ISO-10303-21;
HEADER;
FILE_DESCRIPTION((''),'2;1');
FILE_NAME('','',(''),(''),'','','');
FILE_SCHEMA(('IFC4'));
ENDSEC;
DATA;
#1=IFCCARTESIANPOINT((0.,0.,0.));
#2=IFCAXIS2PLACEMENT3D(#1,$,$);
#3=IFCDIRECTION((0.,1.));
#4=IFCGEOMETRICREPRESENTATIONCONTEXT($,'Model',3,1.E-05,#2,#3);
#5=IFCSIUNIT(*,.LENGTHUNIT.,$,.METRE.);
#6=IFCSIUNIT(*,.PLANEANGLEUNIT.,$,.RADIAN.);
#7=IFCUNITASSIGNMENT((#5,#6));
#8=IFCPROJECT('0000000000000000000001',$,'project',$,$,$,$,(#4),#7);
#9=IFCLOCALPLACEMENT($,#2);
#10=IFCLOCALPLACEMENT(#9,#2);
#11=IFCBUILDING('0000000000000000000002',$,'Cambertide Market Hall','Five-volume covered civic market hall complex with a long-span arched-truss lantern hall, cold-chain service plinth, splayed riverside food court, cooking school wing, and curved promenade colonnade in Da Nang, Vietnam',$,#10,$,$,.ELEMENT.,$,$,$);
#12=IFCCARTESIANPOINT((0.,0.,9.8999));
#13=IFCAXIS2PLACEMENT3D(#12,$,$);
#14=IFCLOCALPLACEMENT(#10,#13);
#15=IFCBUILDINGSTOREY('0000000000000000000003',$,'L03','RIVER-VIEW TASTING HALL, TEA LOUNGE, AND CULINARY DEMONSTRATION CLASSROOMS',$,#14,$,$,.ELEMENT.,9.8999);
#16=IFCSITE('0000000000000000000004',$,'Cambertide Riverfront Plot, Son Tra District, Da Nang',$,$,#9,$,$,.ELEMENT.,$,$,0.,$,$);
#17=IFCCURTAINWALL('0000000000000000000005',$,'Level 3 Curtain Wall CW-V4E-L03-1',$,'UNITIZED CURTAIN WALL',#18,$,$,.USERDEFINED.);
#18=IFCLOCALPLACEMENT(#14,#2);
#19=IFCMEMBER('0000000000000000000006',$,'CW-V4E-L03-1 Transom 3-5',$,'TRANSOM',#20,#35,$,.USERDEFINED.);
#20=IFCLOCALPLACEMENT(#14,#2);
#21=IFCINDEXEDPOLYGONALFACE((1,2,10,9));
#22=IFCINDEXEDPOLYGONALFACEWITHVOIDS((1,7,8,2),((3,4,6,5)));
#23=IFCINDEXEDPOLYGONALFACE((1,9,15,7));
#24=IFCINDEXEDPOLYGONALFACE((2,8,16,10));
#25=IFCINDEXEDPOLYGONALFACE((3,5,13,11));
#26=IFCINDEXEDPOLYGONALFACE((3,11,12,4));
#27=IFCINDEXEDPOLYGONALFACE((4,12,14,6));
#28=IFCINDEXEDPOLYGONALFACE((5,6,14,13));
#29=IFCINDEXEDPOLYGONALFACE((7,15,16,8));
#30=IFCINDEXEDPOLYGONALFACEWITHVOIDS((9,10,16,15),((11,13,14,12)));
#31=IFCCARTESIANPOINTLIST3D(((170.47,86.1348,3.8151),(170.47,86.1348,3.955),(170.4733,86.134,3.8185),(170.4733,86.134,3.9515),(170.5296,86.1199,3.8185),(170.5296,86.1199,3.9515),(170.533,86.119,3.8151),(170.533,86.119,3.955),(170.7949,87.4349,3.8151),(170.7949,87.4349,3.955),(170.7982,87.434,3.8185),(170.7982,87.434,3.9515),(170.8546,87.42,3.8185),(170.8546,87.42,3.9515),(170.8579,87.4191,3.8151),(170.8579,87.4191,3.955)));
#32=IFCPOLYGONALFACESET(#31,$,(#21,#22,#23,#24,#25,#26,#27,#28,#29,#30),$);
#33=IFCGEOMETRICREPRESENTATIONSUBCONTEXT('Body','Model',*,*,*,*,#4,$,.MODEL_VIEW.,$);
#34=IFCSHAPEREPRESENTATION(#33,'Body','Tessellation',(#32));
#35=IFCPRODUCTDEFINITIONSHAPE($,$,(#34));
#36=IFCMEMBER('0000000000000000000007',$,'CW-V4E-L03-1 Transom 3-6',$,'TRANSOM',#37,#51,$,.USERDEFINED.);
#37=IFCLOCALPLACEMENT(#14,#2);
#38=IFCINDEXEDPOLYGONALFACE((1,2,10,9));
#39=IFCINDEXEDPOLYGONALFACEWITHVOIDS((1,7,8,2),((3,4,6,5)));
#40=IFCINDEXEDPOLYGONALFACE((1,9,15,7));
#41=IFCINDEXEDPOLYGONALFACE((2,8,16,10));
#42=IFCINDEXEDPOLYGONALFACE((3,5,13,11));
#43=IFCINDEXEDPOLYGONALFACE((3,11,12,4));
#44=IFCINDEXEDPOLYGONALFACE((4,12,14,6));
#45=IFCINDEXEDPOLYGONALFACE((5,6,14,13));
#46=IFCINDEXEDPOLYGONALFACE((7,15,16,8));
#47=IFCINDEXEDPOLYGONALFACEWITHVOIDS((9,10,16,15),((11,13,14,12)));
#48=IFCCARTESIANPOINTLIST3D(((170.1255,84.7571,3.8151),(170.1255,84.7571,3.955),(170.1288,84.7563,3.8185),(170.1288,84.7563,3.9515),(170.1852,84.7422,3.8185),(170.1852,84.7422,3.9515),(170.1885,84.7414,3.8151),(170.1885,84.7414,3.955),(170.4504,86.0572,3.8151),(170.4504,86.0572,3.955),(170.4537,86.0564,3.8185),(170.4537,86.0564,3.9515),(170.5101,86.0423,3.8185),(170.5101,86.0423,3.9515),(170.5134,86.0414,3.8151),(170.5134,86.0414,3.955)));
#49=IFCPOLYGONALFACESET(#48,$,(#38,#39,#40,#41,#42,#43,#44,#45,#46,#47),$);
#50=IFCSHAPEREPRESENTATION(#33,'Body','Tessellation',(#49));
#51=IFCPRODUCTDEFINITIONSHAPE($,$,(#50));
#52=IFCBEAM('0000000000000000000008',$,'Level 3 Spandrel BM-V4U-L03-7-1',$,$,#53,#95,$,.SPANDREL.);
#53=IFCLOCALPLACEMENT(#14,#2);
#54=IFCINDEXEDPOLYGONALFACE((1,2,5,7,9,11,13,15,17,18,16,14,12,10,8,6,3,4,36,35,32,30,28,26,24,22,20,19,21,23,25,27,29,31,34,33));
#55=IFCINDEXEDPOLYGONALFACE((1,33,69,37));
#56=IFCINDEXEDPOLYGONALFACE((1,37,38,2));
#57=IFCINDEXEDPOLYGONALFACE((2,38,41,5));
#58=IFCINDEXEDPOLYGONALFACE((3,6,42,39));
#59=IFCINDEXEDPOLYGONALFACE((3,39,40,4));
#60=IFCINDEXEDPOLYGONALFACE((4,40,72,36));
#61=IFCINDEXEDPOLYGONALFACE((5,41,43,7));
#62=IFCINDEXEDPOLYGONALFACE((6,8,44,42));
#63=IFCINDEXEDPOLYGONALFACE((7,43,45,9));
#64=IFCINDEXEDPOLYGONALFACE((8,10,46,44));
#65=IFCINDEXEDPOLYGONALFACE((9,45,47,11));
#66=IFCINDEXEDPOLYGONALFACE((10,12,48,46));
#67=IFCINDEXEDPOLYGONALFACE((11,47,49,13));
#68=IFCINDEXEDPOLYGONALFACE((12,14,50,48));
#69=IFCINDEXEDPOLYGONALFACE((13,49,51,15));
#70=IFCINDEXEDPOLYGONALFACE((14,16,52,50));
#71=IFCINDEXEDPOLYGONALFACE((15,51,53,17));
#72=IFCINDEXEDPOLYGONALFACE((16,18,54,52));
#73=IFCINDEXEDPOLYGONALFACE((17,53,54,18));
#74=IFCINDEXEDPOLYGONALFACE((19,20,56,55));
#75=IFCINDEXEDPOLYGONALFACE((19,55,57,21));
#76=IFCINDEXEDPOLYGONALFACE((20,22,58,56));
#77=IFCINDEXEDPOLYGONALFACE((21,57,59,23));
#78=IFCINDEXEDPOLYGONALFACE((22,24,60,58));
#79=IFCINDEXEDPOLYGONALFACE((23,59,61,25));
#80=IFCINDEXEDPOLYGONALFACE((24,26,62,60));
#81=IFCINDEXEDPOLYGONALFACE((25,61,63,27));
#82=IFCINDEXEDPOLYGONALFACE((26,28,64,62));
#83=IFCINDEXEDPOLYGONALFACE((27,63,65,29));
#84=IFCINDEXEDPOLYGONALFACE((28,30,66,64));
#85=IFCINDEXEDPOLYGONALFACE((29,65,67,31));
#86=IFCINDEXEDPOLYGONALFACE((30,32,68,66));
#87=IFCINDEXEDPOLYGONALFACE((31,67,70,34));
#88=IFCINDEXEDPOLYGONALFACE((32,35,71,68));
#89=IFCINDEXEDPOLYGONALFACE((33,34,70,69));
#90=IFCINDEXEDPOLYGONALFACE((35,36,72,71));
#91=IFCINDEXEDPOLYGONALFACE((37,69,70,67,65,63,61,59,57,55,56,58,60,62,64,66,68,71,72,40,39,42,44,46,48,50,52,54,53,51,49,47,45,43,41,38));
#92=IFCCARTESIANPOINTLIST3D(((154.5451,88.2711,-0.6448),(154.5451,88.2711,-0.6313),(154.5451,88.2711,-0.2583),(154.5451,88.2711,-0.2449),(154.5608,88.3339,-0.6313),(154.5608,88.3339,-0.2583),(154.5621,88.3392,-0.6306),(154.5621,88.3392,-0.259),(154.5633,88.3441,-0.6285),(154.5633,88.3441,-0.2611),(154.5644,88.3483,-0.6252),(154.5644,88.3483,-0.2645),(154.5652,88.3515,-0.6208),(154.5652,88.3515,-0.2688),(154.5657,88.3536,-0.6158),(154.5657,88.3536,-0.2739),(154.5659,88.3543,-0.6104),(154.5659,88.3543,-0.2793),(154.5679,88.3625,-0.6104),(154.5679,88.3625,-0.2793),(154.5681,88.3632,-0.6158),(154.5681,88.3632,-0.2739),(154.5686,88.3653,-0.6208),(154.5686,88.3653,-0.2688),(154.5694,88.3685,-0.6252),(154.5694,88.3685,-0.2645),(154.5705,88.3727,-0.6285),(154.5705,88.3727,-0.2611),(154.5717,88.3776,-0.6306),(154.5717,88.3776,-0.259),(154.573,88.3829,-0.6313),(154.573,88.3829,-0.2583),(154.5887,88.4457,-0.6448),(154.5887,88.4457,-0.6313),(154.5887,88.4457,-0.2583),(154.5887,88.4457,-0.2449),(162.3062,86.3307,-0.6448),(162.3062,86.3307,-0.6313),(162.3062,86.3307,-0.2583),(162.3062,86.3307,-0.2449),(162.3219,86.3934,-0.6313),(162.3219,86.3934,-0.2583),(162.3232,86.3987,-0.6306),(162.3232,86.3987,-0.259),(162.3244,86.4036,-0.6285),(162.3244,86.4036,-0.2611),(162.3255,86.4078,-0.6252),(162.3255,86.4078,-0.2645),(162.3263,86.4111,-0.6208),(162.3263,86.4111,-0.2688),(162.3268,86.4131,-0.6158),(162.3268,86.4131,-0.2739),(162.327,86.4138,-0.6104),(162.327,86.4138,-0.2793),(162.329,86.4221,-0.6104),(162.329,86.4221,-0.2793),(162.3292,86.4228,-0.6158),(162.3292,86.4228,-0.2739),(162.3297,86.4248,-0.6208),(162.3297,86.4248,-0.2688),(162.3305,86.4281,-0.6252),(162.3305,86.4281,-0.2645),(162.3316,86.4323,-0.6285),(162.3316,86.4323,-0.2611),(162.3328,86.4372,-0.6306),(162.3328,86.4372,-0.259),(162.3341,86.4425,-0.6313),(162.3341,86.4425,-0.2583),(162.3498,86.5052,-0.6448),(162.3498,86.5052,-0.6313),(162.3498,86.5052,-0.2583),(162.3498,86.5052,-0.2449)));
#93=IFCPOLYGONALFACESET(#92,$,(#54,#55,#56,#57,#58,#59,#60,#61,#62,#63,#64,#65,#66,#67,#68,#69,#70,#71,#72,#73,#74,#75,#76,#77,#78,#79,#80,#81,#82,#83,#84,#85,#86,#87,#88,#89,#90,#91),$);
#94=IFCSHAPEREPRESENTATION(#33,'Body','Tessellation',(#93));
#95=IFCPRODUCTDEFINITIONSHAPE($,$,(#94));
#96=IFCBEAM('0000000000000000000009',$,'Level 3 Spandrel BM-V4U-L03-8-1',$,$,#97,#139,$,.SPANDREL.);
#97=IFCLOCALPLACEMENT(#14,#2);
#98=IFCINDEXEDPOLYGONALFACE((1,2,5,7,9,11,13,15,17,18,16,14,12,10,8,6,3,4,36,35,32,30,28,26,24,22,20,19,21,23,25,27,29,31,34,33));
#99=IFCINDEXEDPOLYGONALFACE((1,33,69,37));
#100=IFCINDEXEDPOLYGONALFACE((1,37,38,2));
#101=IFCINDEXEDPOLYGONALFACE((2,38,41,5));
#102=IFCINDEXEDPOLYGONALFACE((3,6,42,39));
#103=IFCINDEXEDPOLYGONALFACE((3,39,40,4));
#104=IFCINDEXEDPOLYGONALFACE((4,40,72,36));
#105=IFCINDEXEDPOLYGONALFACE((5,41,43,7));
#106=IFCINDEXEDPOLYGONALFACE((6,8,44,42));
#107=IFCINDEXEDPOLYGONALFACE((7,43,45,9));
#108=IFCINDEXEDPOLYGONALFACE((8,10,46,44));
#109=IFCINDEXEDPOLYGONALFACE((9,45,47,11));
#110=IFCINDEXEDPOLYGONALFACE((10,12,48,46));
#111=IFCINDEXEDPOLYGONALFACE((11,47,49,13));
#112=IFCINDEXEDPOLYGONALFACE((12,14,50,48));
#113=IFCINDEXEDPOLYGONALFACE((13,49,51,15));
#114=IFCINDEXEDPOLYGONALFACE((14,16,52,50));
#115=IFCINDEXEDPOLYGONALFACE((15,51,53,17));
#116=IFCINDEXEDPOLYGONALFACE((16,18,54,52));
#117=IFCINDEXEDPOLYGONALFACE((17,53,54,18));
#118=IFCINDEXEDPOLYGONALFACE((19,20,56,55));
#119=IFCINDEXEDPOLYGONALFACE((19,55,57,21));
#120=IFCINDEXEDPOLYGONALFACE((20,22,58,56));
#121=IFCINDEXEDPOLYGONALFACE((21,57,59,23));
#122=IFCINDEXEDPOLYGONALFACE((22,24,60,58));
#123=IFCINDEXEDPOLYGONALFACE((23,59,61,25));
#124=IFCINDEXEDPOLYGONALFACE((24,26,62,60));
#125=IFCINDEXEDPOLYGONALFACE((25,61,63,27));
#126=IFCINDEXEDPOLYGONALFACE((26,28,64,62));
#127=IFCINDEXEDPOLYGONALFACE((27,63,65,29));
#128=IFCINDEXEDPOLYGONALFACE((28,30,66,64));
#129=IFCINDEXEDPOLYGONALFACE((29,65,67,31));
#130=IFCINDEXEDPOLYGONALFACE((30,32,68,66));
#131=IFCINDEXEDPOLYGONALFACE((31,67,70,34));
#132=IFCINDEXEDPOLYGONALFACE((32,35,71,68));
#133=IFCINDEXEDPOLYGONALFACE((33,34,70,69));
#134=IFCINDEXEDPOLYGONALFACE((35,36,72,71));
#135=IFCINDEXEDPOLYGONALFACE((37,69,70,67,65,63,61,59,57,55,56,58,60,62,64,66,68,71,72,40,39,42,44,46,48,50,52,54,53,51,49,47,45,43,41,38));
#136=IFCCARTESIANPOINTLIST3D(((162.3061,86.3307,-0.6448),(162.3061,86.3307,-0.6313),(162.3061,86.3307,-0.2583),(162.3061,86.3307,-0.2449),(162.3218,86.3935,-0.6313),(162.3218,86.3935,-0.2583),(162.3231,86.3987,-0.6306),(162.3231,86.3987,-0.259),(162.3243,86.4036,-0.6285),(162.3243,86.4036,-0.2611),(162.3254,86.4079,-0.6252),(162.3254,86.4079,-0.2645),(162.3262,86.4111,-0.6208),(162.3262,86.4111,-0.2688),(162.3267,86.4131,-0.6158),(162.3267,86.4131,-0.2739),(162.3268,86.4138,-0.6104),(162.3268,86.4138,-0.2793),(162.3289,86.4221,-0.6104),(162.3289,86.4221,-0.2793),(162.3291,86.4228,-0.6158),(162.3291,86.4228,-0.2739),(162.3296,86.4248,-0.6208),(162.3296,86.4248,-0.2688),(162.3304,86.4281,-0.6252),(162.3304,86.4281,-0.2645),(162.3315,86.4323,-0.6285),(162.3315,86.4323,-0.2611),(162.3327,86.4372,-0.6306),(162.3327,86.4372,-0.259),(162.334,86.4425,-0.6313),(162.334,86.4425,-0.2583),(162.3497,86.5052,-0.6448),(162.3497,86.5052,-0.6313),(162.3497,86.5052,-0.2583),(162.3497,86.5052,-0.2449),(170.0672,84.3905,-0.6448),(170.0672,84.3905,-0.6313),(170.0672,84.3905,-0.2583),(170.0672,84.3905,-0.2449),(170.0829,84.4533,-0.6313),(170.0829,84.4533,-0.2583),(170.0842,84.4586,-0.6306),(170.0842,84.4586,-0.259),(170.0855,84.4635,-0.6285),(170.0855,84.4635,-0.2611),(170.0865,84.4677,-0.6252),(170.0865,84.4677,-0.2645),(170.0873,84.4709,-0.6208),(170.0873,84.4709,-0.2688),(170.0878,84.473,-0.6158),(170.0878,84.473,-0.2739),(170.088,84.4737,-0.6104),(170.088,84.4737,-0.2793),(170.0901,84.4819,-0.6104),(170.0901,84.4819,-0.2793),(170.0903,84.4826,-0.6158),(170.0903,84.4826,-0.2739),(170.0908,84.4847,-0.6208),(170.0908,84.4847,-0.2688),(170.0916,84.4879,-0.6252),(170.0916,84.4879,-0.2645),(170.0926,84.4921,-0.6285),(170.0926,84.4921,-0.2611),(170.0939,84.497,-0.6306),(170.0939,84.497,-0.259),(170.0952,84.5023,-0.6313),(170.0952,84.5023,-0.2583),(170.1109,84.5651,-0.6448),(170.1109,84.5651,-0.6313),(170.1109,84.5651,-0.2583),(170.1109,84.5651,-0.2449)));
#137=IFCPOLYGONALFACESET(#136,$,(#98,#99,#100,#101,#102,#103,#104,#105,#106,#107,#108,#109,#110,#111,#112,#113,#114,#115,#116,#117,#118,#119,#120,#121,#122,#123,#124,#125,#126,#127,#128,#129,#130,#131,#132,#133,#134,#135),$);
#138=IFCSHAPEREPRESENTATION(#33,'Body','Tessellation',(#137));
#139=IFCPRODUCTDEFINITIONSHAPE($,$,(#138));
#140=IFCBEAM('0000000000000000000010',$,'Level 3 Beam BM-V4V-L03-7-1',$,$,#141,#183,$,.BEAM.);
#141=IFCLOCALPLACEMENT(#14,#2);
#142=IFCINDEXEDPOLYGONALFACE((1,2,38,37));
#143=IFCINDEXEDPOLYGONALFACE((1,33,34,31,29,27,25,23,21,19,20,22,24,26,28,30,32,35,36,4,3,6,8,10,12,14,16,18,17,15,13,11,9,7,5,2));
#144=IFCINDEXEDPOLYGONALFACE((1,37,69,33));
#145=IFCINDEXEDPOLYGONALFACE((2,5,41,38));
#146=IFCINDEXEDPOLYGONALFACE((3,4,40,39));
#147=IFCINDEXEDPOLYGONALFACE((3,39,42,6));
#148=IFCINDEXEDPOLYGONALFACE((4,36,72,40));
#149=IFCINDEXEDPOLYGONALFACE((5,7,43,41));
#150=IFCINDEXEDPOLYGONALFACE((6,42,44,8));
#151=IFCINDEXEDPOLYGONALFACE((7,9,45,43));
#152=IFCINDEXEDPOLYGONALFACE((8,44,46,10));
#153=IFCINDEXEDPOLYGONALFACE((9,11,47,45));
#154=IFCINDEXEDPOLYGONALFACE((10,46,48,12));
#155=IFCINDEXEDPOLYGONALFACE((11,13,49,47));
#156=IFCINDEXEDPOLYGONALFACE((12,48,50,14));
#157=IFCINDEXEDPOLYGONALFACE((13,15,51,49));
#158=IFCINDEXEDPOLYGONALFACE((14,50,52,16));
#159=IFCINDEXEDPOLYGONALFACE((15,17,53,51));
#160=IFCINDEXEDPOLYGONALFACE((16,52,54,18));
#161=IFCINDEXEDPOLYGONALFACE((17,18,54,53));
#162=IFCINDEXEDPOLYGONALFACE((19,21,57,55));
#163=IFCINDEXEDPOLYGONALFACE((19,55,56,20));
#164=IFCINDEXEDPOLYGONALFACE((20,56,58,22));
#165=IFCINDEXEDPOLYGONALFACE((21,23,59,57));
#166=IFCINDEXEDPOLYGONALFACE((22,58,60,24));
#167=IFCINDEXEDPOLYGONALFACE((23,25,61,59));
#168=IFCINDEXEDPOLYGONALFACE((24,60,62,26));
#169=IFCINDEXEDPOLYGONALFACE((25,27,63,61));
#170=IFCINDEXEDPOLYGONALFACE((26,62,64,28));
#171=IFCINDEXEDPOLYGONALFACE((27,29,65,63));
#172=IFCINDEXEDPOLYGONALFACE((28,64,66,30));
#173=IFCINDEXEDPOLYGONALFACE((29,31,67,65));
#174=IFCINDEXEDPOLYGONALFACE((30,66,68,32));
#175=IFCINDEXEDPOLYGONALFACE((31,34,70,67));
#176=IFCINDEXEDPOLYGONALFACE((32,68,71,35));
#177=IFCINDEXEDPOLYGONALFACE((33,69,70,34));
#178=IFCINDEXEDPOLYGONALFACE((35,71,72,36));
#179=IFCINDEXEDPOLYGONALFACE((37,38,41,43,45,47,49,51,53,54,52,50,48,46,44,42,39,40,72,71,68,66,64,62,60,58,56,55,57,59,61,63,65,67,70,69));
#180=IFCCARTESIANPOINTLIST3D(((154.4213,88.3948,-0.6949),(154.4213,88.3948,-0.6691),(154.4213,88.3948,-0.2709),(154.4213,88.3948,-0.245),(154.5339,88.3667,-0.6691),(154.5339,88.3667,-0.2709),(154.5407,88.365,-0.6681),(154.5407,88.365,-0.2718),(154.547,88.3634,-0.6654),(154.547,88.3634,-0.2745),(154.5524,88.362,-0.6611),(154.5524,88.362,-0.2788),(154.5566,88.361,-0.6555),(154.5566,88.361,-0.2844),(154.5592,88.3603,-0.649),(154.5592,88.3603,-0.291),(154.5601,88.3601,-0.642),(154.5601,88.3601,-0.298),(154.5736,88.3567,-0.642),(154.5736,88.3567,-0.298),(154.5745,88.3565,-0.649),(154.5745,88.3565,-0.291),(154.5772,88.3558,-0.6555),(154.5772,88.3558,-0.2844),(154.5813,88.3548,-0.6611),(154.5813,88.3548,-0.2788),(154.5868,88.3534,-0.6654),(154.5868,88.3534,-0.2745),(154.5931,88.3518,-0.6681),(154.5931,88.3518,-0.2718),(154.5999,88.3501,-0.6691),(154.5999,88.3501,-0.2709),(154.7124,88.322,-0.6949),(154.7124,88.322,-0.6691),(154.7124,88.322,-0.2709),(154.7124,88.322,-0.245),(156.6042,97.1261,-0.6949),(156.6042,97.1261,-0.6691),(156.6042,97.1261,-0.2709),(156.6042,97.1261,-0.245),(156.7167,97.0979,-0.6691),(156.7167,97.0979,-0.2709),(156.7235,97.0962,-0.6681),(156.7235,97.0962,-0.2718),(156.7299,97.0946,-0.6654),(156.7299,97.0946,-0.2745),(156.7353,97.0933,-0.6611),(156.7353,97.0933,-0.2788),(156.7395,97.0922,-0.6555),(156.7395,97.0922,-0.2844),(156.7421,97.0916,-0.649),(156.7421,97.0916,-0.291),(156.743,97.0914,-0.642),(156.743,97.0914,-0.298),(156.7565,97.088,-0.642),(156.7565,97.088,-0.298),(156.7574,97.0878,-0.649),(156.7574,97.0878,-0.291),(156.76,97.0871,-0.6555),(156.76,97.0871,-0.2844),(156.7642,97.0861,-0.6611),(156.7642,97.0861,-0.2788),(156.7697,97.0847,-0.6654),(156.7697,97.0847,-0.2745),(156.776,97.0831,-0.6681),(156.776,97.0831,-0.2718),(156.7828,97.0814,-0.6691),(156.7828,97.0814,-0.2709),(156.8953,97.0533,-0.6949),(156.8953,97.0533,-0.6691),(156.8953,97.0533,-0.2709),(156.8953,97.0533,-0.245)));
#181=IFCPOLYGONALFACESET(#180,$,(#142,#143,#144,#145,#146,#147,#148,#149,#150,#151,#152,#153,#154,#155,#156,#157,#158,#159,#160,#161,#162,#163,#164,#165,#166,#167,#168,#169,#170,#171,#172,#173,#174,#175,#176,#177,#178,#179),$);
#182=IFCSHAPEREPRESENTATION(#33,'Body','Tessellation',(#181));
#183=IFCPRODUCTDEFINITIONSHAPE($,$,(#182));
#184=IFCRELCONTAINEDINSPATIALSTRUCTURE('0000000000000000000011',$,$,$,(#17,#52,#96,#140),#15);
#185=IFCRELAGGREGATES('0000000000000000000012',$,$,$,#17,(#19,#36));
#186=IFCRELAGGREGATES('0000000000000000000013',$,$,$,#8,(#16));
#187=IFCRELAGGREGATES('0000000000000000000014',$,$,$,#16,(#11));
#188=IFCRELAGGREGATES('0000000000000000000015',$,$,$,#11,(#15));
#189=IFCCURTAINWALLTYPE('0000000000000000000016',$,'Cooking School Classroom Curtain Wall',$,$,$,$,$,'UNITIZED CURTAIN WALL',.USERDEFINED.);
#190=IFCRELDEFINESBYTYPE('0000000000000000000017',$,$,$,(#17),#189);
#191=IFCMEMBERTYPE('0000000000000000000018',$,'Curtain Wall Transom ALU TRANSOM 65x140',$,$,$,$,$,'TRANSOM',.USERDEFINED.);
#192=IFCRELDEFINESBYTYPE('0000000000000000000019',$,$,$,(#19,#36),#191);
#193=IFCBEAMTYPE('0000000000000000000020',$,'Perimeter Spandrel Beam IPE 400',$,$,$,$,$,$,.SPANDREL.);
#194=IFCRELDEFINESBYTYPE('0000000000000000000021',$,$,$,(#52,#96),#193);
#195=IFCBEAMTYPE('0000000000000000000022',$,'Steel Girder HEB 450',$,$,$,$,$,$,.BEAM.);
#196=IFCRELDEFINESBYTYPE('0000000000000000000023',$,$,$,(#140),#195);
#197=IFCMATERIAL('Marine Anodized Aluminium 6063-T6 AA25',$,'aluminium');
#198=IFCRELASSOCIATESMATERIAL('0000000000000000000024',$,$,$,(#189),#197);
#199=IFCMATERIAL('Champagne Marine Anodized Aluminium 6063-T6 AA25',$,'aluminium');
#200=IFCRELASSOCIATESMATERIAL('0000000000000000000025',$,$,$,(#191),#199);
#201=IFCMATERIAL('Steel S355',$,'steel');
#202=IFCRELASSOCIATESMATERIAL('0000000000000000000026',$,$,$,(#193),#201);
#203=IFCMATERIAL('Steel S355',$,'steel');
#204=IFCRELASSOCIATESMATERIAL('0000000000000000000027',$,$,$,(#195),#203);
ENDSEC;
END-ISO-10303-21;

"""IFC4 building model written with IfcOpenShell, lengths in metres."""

from ifc_helpers import new_model, si_unit, direction, frame, origin, origin_2d, place, context, subcontext, project, spatial, hollow_rectangle, i_section, extrude, material, material_profile, profile_set, type_object, element, aggregate, save


model = new_model("IFC4")

# Units and contexts
model_context = context("Model", 3, precision=1e-05, world=origin(), true_north=direction((0.0, 1.0)))
body_context = subcontext(model_context, "Body", "Model", "MODEL_VIEW")
ifc_project = project(units=[si_unit("LENGTHUNIT", "METRE"), si_unit("PLANEANGLEUNIT", "RADIAN")], contexts=[model_context])

# Site, building, storey
site_placement = place(None, origin())
site = spatial("IfcSite", under=ifc_project, at=site_placement, Name="Cambertide Riverfront Plot, Son Tra District, Da Nang", CompositionType="ELEMENT", RefElevation=0.0)
building_placement = place(site_placement, origin())
building = spatial("IfcBuilding", under=site, at=building_placement, Name="Cambertide Market Hall", Description="Five-volume covered civic market hall complex with a long-span arched-truss lantern hall, cold-chain service plinth, splayed riverside food court, cooking school wing, and curved promenade colonnade in Da Nang, Vietnam", CompositionType="ELEMENT")
storey_placement = place(building_placement, frame((0.0, 0.0, 9.8999)))
storey = spatial("IfcBuildingStorey", under=building, at=storey_placement, Name="L03", Description="RIVER-VIEW TASTING HALL, TEA LOUNGE, AND CULINARY DEMONSTRATION CLASSROOMS", CompositionType="ELEMENT", Elevation=9.8999)

# Shared definitions
ifc_material_1 = material(Name="Marine Anodized Aluminium 6063-T6 AA25", Category="aluminium")
curtain_wall_type = type_object("IfcCurtainWallType", Name="Cooking School Classroom Curtain Wall", ElementType="UNITIZED CURTAIN WALL", PredefinedType="USERDEFINED", material=ifc_material_1)

# Curtain wall, members
curtain_wall_1_placement = place(storey_placement, origin())
curtain_wall_1 = element("IfcCurtainWall", 1, at=curtain_wall_1_placement, inside=storey, type_object=curtain_wall_type, Name="Level 3 Curtain Wall CW-V4E-L03-1", ObjectType="UNITIZED CURTAIN WALL", PredefinedType="USERDEFINED")
ifc_material_2 = material(Name="Champagne Marine Anodized Aluminium 6063-T6 AA25", Category="aluminium")
ifc_material_profile_1 = material_profile(ifc_material_2, hollow_rectangle(XDim=0.0649, YDim=0.1399, WallThickness=0.0034, at=origin_2d()), Name="ALU TRANSOM 65x140")
ifc_profile_set_1 = profile_set([ifc_material_profile_1], Name="Champagne Marine Anodized Aluminium 6063-T6 AA25")
member_type_1 = type_object("IfcMemberType", Name="Curtain Wall Transom ALU TRANSOM 65x140", ElementType="TRANSOM", PredefinedType="USERDEFINED", material=ifc_profile_set_1)
member_1_placement = place(storey_placement, frame((170.8264, 87.427, 3.885), z_axis=(-0.242493, -0.970153, 0.0), x_axis=(0.970153, -0.242493, 0.0)))
member_1 = element("IfcMember", 2, at=member_1_placement, type_object=member_type_1, Name="CW-V4E-L03-1 Transom 3-5", ObjectType="TRANSOM", PredefinedType="USERDEFINED", context=body_context, shape_type="SweptSolid", body=[
    extrude(hollow_rectangle(XDim=0.0649, YDim=0.1399, WallThickness=0.0034, at=origin_2d()), origin(), (0.0, 0.0, 1.0), 1.3401),
])
member_2_placement = place(storey_placement, frame((170.4819, 86.0493, 3.885), z_axis=(-0.242493, -0.970153, 0.0), x_axis=(0.970153, -0.242493, 0.0)))
member_2 = element("IfcMember", 3, at=member_2_placement, type_object=member_type_1, Name="CW-V4E-L03-1 Transom 3-6", ObjectType="TRANSOM", PredefinedType="USERDEFINED", context=body_context, shape_type="SweptSolid", body=[
    extrude(hollow_rectangle(XDim=0.0649, YDim=0.1399, WallThickness=0.0034, at=origin_2d()), origin(), (0.0, 0.0, 1.0), 1.3401),
])

# Beams
ifc_material_3 = material(Name="Steel S355", Category="steel")
ifc_material_profile_2 = material_profile(ifc_material_3, i_section(OverallWidth=0.1799, OverallDepth=0.3999, WebThickness=0.0085, FlangeThickness=0.0134, FilletRadius=0.021, at=origin_2d()), Name="IPE 400")
ifc_profile_set_2 = profile_set([ifc_material_profile_2], Name="Steel S355")
beam_type_1 = type_object("IfcBeamType", Name="Perimeter Spandrel Beam IPE 400", PredefinedType="SPANDREL", material=ifc_profile_set_2)
for number, where, z_axis, x_axis, name in (
    (4, (154.5669, 88.3584, -0.4448), (0.970137, -0.242557, 0.0), (0.242557, 0.970137, 0.0), "Level 3 Spandrel BM-V4U-L03-7-1"),
    (5, (162.3279, 86.418, -0.4448), (0.970146, -0.242521, 0.0), (0.242521, 0.970146, 0.0), "Level 3 Spandrel BM-V4U-L03-8-1"),
):
    element("IfcBeam", number, at=place(storey_placement, frame(where, z_axis=z_axis, x_axis=x_axis)), inside=storey, type_object=beam_type_1, Name=name, PredefinedType="SPANDREL", context=body_context, shape_type="SweptSolid", body=[
        extrude(i_section(OverallWidth=0.1799, OverallDepth=0.3999, WebThickness=0.0085, FlangeThickness=0.0134, FilletRadius=0.021, at=origin_2d()), origin(), (0.0, 0.0, 1.0), 8.0),
    ])
ifc_material_4 = material(Name="Steel S355", Category="steel")
ifc_material_profile_3 = material_profile(ifc_material_4, i_section(OverallWidth=0.3, OverallDepth=0.45, WebThickness=0.0139, FlangeThickness=0.0259, FilletRadius=0.0271, at=origin_2d()), Name="HEB 450")
ifc_profile_set_3 = profile_set([ifc_material_profile_3], Name="Steel S355")
beam_type_2 = type_object("IfcBeamType", Name="Steel Girder HEB 450", PredefinedType="BEAM", material=ifc_profile_set_3)
for number, where, z_axis, x_axis, name in (
    (6, (154.5669, 88.3584, -0.47), (0.242542, 0.970141, 0.0), (-0.970141, 0.242542, 0.0), "Level 3 Beam BM-V4V-L03-7-1"),
):
    element("IfcBeam", number, at=place(storey_placement, frame(where, z_axis=z_axis, x_axis=x_axis)), inside=storey, type_object=beam_type_2, Name=name, PredefinedType="BEAM", context=body_context, shape_type="SweptSolid", body=[
        extrude(i_section(OverallWidth=0.3, OverallDepth=0.45, WebThickness=0.0139, FlangeThickness=0.0259, FilletRadius=0.0271, at=origin_2d()), origin(), (0.0, 0.0, 1.0), 9.0),
    ])

aggregate(curtain_wall_1, [member_1, member_2])

save(model, "model.ifc")
